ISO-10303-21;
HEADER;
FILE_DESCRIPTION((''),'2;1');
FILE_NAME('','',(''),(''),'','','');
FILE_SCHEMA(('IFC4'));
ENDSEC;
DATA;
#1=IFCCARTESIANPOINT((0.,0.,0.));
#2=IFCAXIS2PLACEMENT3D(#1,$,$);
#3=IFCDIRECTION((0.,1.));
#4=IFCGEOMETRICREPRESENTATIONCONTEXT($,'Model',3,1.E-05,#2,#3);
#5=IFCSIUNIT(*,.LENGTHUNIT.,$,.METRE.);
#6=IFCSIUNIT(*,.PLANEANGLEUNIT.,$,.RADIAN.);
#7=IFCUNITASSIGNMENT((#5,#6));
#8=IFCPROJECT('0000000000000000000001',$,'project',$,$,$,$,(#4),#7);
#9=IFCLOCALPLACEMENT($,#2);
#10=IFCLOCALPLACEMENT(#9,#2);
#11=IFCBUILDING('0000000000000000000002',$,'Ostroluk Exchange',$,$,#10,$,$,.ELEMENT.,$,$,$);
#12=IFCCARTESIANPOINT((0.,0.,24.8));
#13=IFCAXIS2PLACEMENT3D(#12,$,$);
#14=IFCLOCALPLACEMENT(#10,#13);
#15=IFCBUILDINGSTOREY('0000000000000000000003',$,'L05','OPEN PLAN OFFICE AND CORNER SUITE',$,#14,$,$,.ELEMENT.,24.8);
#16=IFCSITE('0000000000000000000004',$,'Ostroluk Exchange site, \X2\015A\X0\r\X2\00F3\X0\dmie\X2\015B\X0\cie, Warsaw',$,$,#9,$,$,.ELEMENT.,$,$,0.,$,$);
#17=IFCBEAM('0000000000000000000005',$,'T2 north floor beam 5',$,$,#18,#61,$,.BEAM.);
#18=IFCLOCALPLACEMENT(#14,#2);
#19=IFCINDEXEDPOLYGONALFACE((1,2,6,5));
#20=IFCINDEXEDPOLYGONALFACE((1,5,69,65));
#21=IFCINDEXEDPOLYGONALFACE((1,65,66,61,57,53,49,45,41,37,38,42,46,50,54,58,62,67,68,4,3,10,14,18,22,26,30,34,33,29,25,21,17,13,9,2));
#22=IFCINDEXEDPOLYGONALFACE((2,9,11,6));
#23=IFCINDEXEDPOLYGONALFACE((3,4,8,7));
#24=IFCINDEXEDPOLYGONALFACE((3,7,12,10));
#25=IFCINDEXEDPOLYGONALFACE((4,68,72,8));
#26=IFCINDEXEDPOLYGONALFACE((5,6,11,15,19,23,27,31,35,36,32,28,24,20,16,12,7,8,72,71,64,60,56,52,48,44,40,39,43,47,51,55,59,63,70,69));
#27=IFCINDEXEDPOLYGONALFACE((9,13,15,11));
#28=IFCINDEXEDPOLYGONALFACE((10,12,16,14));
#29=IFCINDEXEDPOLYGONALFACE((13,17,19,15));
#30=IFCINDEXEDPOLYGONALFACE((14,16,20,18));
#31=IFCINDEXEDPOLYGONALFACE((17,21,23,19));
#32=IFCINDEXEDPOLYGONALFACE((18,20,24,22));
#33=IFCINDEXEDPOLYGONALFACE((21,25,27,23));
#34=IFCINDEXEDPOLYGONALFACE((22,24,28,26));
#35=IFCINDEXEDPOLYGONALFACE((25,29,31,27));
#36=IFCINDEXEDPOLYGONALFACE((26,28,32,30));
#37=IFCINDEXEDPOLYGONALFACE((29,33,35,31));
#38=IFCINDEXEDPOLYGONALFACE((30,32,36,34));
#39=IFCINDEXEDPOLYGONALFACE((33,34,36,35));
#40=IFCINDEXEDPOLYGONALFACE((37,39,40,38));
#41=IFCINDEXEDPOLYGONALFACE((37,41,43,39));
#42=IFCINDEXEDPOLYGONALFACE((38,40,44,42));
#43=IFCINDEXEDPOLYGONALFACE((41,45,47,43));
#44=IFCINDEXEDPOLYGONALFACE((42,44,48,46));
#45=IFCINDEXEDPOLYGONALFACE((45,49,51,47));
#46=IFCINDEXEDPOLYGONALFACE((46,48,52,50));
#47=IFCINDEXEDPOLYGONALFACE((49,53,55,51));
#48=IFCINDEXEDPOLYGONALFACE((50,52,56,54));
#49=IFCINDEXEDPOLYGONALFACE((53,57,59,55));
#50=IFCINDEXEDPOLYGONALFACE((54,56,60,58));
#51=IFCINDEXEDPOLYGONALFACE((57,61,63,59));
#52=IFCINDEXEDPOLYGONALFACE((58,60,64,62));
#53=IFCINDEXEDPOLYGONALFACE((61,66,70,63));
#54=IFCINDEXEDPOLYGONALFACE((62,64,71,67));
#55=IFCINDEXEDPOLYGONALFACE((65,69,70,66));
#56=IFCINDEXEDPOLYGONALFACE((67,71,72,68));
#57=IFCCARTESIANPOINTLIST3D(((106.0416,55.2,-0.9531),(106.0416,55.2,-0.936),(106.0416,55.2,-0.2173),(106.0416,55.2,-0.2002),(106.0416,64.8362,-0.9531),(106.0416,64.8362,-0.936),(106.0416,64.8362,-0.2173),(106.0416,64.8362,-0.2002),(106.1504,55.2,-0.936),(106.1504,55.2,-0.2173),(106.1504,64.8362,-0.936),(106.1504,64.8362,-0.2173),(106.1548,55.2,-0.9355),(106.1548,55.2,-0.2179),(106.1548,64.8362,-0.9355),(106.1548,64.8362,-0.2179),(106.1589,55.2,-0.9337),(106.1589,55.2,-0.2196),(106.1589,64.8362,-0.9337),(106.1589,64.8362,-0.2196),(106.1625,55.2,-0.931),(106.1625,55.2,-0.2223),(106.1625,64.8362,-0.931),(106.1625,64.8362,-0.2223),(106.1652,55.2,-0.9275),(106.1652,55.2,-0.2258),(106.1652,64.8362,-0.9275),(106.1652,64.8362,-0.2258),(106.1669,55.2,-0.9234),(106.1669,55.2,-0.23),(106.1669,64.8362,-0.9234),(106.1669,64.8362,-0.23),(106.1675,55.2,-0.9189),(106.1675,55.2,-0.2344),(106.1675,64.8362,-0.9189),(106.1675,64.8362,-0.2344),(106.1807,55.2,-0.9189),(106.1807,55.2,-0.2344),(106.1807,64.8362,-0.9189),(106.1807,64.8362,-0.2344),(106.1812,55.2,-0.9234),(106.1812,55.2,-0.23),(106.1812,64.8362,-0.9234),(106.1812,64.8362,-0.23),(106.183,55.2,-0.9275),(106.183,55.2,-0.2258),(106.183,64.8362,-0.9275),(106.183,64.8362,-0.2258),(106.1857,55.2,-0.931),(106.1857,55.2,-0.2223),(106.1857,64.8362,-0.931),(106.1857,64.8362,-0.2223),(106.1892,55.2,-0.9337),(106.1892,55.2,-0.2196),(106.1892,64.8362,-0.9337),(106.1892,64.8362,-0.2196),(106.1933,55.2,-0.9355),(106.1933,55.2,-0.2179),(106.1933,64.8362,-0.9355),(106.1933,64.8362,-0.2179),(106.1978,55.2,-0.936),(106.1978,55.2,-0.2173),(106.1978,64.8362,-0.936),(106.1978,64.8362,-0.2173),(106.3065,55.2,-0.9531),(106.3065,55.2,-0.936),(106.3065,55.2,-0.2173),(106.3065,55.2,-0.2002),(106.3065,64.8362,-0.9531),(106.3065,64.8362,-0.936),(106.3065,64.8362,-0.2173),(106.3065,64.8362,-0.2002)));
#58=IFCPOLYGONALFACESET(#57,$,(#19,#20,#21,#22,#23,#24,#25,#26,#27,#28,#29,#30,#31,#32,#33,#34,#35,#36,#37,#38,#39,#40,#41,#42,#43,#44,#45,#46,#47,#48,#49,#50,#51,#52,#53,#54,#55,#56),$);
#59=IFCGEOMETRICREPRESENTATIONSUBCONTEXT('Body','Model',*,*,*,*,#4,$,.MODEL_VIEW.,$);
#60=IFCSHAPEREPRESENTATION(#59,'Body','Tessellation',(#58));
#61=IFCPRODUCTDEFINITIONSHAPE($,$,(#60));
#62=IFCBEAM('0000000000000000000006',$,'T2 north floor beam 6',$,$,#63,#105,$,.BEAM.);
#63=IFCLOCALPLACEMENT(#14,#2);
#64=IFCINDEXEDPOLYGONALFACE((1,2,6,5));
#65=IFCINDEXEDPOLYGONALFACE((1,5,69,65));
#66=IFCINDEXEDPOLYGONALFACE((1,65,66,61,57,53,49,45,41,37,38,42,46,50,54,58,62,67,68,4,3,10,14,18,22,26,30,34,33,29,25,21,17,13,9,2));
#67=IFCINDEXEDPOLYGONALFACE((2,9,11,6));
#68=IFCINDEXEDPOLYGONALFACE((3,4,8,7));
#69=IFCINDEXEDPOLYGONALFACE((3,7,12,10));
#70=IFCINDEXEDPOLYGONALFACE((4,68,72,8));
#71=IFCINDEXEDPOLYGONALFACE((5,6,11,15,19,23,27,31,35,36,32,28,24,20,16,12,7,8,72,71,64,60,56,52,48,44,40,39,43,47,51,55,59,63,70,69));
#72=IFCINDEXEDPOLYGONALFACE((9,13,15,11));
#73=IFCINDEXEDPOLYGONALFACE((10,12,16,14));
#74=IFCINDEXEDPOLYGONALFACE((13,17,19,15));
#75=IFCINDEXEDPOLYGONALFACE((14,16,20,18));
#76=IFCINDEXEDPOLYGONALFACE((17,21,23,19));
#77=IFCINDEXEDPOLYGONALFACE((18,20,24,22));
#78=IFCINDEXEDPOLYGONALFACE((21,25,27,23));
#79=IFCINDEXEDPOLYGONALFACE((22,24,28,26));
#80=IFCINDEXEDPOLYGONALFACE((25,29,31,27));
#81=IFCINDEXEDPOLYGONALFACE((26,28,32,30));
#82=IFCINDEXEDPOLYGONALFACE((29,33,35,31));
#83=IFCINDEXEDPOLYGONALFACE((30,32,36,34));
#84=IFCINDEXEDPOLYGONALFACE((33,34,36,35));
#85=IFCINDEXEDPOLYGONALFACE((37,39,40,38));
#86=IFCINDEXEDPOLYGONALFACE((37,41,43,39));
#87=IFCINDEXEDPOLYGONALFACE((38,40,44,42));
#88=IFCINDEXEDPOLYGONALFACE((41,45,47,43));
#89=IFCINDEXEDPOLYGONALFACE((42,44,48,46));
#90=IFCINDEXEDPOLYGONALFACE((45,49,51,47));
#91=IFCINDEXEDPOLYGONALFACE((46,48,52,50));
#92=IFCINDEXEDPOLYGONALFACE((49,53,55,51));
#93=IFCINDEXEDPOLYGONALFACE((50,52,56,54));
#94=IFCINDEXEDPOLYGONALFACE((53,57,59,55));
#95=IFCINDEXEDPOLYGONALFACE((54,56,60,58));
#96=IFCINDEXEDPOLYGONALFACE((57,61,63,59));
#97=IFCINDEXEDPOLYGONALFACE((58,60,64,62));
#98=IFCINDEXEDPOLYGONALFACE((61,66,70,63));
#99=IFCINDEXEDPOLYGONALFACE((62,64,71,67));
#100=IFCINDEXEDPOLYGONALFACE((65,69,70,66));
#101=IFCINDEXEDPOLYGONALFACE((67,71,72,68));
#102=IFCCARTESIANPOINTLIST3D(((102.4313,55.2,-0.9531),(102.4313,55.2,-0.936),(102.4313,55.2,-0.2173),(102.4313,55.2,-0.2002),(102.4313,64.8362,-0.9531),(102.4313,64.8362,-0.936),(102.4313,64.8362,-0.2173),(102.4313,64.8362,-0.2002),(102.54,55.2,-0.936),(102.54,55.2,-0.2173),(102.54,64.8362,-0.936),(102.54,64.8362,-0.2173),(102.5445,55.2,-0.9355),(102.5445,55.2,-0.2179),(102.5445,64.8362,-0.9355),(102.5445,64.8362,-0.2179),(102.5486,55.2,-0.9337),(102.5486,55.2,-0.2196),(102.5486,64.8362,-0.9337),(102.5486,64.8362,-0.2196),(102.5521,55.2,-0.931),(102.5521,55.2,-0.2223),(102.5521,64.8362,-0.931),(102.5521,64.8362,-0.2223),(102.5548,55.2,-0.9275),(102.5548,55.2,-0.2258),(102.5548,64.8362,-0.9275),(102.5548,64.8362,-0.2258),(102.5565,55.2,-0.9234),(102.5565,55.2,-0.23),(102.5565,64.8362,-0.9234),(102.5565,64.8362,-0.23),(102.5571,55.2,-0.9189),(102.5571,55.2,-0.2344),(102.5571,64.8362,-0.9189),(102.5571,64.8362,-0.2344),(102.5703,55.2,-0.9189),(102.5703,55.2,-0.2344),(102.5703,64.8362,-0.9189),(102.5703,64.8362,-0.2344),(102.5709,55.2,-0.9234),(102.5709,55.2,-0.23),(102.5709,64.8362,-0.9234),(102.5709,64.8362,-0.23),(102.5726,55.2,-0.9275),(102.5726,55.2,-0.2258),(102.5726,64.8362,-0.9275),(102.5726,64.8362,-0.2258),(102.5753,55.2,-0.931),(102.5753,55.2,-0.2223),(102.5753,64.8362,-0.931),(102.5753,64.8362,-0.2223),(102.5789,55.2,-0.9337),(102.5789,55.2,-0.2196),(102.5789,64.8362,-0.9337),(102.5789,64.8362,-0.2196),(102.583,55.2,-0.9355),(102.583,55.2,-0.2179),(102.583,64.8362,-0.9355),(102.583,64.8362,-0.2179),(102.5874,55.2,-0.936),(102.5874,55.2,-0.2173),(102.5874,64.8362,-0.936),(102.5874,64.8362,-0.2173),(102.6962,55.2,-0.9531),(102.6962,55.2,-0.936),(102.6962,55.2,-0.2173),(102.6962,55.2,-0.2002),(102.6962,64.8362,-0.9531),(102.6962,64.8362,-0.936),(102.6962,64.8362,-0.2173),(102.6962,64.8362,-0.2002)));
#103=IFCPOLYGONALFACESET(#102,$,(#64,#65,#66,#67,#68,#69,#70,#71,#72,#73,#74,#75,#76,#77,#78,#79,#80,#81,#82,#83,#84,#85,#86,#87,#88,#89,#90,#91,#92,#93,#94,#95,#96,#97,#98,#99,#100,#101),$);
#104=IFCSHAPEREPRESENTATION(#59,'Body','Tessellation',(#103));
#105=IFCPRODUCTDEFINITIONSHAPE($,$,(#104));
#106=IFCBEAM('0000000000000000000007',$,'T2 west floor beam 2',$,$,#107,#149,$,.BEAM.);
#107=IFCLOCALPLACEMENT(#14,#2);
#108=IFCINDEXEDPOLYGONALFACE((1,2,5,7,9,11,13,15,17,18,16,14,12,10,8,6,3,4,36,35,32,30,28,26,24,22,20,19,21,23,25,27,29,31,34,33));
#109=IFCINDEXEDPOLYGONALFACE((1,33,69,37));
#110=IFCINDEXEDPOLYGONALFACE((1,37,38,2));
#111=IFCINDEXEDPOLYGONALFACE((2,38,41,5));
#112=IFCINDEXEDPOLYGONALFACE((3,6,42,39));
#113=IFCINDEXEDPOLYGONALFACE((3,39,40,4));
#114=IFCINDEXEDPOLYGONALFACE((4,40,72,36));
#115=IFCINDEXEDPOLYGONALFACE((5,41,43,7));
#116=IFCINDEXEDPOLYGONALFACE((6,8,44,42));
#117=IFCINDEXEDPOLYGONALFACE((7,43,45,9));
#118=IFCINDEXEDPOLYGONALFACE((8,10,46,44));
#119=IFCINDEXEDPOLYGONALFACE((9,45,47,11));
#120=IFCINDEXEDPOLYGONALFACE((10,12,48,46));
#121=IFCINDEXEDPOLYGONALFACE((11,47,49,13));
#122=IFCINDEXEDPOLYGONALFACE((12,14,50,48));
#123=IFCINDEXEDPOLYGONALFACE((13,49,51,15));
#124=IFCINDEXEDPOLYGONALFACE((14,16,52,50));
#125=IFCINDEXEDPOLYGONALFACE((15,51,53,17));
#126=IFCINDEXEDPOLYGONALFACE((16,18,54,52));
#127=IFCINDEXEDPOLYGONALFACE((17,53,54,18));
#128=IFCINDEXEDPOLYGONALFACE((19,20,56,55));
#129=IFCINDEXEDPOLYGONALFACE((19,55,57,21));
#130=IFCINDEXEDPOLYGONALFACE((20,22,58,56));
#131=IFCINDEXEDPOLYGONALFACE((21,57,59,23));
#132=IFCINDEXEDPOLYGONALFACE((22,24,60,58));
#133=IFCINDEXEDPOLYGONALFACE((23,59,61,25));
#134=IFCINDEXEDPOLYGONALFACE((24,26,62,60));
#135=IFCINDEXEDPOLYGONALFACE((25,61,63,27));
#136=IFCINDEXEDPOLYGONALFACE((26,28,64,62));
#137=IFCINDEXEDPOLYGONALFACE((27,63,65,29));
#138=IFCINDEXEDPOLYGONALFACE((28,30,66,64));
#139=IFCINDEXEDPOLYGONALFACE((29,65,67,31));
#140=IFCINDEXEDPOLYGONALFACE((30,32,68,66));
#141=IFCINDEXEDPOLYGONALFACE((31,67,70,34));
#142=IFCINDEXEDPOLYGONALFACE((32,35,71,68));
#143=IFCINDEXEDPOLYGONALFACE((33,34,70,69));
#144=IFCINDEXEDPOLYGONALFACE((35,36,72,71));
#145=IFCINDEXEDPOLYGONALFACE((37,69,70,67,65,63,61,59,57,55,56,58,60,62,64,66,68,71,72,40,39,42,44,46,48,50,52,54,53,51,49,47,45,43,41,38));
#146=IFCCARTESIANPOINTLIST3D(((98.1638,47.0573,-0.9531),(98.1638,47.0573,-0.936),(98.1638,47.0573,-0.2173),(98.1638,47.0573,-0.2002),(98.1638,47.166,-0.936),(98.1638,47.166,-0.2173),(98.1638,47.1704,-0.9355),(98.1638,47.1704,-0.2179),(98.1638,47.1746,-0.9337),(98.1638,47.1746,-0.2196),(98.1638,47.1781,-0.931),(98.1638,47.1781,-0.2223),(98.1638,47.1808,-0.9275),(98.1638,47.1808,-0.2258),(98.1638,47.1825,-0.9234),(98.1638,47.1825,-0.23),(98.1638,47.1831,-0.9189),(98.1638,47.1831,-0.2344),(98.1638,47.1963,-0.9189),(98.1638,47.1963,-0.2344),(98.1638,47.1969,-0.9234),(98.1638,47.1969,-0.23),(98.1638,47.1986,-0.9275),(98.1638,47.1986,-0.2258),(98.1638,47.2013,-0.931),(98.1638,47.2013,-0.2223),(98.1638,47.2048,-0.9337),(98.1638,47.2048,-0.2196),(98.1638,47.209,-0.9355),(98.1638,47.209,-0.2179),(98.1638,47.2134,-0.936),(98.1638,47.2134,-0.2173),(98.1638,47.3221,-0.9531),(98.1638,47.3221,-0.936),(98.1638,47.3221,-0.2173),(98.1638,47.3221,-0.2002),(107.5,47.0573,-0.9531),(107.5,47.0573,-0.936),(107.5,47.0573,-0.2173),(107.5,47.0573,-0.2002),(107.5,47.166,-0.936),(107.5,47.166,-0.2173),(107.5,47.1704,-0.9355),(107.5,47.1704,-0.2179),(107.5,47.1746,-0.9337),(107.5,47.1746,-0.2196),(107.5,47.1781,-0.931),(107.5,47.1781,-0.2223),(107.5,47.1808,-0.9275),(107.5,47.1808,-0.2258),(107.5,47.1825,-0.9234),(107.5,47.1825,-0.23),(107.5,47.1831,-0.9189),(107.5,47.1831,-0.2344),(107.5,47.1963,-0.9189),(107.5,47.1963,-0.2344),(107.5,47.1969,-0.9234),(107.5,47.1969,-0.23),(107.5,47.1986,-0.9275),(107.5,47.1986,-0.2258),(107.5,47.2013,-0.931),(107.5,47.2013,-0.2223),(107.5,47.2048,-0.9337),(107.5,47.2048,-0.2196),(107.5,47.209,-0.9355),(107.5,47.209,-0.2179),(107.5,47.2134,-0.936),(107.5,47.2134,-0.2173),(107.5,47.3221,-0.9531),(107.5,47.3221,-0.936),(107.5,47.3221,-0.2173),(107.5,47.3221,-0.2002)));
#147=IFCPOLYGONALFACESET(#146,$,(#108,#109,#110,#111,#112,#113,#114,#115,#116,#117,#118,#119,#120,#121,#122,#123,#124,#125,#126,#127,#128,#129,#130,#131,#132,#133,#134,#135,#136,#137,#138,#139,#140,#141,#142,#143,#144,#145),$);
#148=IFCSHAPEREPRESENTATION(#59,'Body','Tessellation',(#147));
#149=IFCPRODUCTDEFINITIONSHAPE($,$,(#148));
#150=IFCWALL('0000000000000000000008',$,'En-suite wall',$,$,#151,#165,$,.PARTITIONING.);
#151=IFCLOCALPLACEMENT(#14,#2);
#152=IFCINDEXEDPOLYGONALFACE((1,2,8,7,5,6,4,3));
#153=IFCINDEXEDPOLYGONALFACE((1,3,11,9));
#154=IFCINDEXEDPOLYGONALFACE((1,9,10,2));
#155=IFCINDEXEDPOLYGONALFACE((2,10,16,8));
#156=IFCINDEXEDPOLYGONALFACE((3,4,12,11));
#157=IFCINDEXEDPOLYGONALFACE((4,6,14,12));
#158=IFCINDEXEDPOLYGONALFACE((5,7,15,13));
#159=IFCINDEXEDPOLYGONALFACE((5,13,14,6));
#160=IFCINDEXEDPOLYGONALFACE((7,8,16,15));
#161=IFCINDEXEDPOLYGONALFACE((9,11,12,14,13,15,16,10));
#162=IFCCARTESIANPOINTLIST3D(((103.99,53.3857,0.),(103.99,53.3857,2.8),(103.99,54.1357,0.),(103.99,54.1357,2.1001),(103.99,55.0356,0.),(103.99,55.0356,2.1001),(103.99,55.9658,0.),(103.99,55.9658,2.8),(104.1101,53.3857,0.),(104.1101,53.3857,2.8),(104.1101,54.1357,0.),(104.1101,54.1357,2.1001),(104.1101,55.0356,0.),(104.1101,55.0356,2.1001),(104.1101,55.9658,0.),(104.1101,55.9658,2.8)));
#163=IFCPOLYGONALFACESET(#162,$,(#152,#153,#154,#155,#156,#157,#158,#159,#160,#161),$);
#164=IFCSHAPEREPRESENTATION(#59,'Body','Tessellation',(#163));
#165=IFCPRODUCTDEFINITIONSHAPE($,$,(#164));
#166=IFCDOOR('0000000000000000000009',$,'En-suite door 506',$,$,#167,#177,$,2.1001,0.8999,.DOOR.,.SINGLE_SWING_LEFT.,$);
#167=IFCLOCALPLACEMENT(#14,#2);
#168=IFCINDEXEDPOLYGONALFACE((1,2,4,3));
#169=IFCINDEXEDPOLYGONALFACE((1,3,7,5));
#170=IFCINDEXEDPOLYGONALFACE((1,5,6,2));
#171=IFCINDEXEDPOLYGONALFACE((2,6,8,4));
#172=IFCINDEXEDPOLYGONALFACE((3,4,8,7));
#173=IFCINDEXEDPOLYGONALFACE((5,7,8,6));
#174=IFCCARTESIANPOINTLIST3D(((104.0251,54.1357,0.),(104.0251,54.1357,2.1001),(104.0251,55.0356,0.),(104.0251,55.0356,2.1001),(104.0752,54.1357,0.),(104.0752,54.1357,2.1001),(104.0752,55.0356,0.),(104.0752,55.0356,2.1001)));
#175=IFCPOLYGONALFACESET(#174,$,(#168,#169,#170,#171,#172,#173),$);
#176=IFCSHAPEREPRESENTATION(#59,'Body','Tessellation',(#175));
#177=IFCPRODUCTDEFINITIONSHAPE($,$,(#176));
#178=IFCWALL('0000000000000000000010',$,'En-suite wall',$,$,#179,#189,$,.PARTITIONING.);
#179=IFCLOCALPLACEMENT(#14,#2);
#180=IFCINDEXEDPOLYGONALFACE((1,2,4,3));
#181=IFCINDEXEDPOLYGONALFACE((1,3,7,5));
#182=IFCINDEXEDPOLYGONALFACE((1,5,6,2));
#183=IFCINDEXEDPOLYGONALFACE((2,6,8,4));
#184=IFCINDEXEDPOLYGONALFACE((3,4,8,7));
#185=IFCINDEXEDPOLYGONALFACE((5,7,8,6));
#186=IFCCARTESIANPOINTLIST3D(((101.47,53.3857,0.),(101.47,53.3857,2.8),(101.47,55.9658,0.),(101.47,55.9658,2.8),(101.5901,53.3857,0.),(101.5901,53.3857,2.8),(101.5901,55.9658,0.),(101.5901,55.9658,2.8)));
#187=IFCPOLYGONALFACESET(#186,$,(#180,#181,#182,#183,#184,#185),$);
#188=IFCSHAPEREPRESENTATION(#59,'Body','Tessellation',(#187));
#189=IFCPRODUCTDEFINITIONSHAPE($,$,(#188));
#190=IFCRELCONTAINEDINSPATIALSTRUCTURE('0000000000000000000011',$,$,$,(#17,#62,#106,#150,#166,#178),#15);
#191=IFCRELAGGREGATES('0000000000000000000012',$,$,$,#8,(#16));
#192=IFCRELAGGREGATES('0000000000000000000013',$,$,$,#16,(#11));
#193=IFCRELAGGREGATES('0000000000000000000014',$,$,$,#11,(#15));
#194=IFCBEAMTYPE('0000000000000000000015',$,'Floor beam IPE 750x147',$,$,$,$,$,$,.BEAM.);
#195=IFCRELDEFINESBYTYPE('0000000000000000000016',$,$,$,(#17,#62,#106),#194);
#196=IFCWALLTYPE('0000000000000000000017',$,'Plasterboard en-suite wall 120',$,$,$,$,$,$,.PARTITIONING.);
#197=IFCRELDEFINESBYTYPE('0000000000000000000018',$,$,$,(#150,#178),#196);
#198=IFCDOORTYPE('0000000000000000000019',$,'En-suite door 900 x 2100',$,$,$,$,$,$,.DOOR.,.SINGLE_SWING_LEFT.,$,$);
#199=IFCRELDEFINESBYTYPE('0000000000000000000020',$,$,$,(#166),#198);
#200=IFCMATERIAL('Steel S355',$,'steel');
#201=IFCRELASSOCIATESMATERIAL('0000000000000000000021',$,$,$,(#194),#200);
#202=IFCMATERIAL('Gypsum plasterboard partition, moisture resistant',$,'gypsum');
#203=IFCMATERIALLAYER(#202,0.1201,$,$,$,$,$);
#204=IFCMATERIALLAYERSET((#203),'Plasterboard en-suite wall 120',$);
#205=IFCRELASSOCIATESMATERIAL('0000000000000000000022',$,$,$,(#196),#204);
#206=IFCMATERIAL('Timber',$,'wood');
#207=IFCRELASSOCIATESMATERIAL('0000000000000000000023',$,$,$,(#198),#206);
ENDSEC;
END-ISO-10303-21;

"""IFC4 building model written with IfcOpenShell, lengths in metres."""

from ifc_helpers import new_model, si_unit, direction, frame, frame_2d, origin, origin_2d, place, context, subcontext, project, spatial, rectangle, i_section, extrude, material, layer, layer_set, material_profile, profile_set, type_object, element, fill, save


model = new_model("IFC4")

# Units and contexts
model_context = context("Model", 3, precision=1e-05, world=origin(), true_north=direction((0.0, 1.0)))
body_context = subcontext(model_context, "Body", "Model", "MODEL_VIEW")
ifc_project = project(units=[si_unit("LENGTHUNIT", "METRE"), si_unit("PLANEANGLEUNIT", "RADIAN")], contexts=[model_context])

# Site, building, storey
site_placement = place(None, origin())
site = spatial("IfcSite", under=ifc_project, at=site_placement, Name="Ostroluk Exchange site, Śródmieście, Warsaw", CompositionType="ELEMENT", RefElevation=0.0)
building_placement = place(site_placement, origin())
building = spatial("IfcBuilding", under=site, at=building_placement, Name="Ostroluk Exchange", CompositionType="ELEMENT")
storey_placement = place(building_placement, frame((0.0, 0.0, 24.8)))
storey = spatial("IfcBuildingStorey", under=building, at=storey_placement, Name="L05", Description="OPEN PLAN OFFICE AND CORNER SUITE", CompositionType="ELEMENT", Elevation=24.8)

# Beams
ifc_material_1 = material(Name="Steel S355", Category="steel")
ifc_material_profile = material_profile(ifc_material_1, i_section(OverallWidth=0.2649, OverallDepth=0.7529, WebThickness=0.0132, FlangeThickness=0.0171, FilletRadius=0.0171, at=origin_2d()), Name="IPE 750x147")
ifc_profile_set = profile_set([ifc_material_profile], Name="Steel S355")
beam_type = type_object("IfcBeamType", Name="Floor beam IPE 750x147", PredefinedType="BEAM", material=ifc_profile_set)
for number, where, z_axis, x_axis, name in (
    (1, (106.1741, 55.2, -0.5767), (0.0, 1.0, 0.0), (-1.0, 0.0, 0.0), "T2 north floor beam 5"),
    (2, (102.5637, 55.2, -0.5767), (0.0, 1.0, 0.0), (-1.0, 0.0, 0.0), "T2 north floor beam 6"),
):
    element("IfcBeam", number, at=place(storey_placement, frame(where, z_axis=z_axis, x_axis=x_axis)), inside=storey, type_object=beam_type, Name=name, PredefinedType="BEAM", context=body_context, shape_type="SweptSolid", body=[
        extrude(i_section(OverallWidth=0.2649, OverallDepth=0.7529, WebThickness=0.0132, FlangeThickness=0.0171, FilletRadius=0.0171, at=origin_2d()), origin(), (0.0, 0.0, 1.0), 9.6362),
    ])
beam_placement = place(storey_placement, frame((107.5, 47.1897, -0.5767), z_axis=(-1.0, 0.0, 0.0), x_axis=(0.0, -1.0, 0.0)))
element("IfcBeam", 3, at=beam_placement, inside=storey, type_object=beam_type, Name="T2 west floor beam 2", PredefinedType="BEAM", context=body_context, shape_type="SweptSolid", body=[
    extrude(i_section(OverallWidth=0.2649, OverallDepth=0.7529, WebThickness=0.0132, FlangeThickness=0.0171, FilletRadius=0.0171, at=origin_2d()), origin(), (0.0, 0.0, 1.0), 9.3362),
])

# Wall, opening, door
ifc_material_2 = material(Name="Gypsum plasterboard partition, moisture resistant", Category="gypsum")
ifc_layer_1 = layer(ifc_material_2, 0.1201)
ifc_layer_set_1 = layer_set([ifc_layer_1], Name="Plasterboard en-suite wall 120")
wall_type_1 = type_object("IfcWallType", Name="Plasterboard en-suite wall 120", PredefinedType="PARTITIONING", material=ifc_layer_set_1)
wall_1_placement = place(storey_placement, frame((104.05, 53.3857, 0.0), z_axis=(0.0, 0.0, 1.0), x_axis=(0.0, 1.0, 0.0)))
wall_1 = element("IfcWall", 4, at=wall_1_placement, inside=storey, type_object=wall_type_1, Name="En-suite wall", PredefinedType="PARTITIONING", context=body_context, shape_type="SweptSolid", body=[
    extrude(rectangle(XDim=2.5801, YDim=0.1201, at=frame_2d((1.29, 0.0))), origin(), (0.0, 0.0, 1.0), 2.8),
])
opening_1_placement = place(wall_1_placement, frame((0.75, 0.0, 0.0)))
opening_1 = element("IfcOpeningElement", 5, at=opening_1_placement, cuts=wall_1, PredefinedType="OPENING", context=body_context, shape_type="SweptSolid", body=[
    extrude(rectangle(XDim=0.8999, YDim=2.1001, at=frame_2d((0.45, 1.05))), frame((0.0, 0.0701, 0.0), z_axis=(0.0, -1.0, 0.0), x_axis=(1.0, 0.0, 0.0)), (0.0, 0.0, 1.0), 0.1401),
])
ifc_material_3 = material(Name="Timber", Category="wood")
door_type = type_object("IfcDoorType", Name="En-suite door 900 x 2100", OperationType="SINGLE_SWING_LEFT", PredefinedType="DOOR", material=ifc_material_3)
door_1_placement = place(opening_1_placement, origin())
door_1 = element("IfcDoor", 6, at=door_1_placement, inside=storey, type_object=door_type, Name="En-suite door 506", OperationType="SINGLE_SWING_LEFT", OverallHeight=2.1001, OverallWidth=0.8999, PredefinedType="DOOR", context=body_context, shape_type="SweptSolid", body=[
    extrude(rectangle(XDim=0.8999, YDim=2.1001, at=frame_2d((0.45, 1.05))), frame((0.0, 0.0249, 0.0), z_axis=(0.0, -1.0, 0.0), x_axis=(1.0, 0.0, 0.0)), (0.0, 0.0, 1.0), 0.05),
])
fill(opening_1, door_1)

# Wall
wall_2_placement = place(storey_placement, frame((101.53, 53.3857, 0.0), z_axis=(0.0, 0.0, 1.0), x_axis=(0.0, 1.0, 0.0)))
element("IfcWall", 7, at=wall_2_placement, inside=storey, type_object=wall_type_1, Name="En-suite wall", PredefinedType="PARTITIONING", context=body_context, shape_type="SweptSolid", body=[
    extrude(rectangle(XDim=2.5801, YDim=0.1201, at=frame_2d((1.29, 0.0))), origin(), (0.0, 0.0, 1.0), 2.8),
])

save(model, "model.ifc")
